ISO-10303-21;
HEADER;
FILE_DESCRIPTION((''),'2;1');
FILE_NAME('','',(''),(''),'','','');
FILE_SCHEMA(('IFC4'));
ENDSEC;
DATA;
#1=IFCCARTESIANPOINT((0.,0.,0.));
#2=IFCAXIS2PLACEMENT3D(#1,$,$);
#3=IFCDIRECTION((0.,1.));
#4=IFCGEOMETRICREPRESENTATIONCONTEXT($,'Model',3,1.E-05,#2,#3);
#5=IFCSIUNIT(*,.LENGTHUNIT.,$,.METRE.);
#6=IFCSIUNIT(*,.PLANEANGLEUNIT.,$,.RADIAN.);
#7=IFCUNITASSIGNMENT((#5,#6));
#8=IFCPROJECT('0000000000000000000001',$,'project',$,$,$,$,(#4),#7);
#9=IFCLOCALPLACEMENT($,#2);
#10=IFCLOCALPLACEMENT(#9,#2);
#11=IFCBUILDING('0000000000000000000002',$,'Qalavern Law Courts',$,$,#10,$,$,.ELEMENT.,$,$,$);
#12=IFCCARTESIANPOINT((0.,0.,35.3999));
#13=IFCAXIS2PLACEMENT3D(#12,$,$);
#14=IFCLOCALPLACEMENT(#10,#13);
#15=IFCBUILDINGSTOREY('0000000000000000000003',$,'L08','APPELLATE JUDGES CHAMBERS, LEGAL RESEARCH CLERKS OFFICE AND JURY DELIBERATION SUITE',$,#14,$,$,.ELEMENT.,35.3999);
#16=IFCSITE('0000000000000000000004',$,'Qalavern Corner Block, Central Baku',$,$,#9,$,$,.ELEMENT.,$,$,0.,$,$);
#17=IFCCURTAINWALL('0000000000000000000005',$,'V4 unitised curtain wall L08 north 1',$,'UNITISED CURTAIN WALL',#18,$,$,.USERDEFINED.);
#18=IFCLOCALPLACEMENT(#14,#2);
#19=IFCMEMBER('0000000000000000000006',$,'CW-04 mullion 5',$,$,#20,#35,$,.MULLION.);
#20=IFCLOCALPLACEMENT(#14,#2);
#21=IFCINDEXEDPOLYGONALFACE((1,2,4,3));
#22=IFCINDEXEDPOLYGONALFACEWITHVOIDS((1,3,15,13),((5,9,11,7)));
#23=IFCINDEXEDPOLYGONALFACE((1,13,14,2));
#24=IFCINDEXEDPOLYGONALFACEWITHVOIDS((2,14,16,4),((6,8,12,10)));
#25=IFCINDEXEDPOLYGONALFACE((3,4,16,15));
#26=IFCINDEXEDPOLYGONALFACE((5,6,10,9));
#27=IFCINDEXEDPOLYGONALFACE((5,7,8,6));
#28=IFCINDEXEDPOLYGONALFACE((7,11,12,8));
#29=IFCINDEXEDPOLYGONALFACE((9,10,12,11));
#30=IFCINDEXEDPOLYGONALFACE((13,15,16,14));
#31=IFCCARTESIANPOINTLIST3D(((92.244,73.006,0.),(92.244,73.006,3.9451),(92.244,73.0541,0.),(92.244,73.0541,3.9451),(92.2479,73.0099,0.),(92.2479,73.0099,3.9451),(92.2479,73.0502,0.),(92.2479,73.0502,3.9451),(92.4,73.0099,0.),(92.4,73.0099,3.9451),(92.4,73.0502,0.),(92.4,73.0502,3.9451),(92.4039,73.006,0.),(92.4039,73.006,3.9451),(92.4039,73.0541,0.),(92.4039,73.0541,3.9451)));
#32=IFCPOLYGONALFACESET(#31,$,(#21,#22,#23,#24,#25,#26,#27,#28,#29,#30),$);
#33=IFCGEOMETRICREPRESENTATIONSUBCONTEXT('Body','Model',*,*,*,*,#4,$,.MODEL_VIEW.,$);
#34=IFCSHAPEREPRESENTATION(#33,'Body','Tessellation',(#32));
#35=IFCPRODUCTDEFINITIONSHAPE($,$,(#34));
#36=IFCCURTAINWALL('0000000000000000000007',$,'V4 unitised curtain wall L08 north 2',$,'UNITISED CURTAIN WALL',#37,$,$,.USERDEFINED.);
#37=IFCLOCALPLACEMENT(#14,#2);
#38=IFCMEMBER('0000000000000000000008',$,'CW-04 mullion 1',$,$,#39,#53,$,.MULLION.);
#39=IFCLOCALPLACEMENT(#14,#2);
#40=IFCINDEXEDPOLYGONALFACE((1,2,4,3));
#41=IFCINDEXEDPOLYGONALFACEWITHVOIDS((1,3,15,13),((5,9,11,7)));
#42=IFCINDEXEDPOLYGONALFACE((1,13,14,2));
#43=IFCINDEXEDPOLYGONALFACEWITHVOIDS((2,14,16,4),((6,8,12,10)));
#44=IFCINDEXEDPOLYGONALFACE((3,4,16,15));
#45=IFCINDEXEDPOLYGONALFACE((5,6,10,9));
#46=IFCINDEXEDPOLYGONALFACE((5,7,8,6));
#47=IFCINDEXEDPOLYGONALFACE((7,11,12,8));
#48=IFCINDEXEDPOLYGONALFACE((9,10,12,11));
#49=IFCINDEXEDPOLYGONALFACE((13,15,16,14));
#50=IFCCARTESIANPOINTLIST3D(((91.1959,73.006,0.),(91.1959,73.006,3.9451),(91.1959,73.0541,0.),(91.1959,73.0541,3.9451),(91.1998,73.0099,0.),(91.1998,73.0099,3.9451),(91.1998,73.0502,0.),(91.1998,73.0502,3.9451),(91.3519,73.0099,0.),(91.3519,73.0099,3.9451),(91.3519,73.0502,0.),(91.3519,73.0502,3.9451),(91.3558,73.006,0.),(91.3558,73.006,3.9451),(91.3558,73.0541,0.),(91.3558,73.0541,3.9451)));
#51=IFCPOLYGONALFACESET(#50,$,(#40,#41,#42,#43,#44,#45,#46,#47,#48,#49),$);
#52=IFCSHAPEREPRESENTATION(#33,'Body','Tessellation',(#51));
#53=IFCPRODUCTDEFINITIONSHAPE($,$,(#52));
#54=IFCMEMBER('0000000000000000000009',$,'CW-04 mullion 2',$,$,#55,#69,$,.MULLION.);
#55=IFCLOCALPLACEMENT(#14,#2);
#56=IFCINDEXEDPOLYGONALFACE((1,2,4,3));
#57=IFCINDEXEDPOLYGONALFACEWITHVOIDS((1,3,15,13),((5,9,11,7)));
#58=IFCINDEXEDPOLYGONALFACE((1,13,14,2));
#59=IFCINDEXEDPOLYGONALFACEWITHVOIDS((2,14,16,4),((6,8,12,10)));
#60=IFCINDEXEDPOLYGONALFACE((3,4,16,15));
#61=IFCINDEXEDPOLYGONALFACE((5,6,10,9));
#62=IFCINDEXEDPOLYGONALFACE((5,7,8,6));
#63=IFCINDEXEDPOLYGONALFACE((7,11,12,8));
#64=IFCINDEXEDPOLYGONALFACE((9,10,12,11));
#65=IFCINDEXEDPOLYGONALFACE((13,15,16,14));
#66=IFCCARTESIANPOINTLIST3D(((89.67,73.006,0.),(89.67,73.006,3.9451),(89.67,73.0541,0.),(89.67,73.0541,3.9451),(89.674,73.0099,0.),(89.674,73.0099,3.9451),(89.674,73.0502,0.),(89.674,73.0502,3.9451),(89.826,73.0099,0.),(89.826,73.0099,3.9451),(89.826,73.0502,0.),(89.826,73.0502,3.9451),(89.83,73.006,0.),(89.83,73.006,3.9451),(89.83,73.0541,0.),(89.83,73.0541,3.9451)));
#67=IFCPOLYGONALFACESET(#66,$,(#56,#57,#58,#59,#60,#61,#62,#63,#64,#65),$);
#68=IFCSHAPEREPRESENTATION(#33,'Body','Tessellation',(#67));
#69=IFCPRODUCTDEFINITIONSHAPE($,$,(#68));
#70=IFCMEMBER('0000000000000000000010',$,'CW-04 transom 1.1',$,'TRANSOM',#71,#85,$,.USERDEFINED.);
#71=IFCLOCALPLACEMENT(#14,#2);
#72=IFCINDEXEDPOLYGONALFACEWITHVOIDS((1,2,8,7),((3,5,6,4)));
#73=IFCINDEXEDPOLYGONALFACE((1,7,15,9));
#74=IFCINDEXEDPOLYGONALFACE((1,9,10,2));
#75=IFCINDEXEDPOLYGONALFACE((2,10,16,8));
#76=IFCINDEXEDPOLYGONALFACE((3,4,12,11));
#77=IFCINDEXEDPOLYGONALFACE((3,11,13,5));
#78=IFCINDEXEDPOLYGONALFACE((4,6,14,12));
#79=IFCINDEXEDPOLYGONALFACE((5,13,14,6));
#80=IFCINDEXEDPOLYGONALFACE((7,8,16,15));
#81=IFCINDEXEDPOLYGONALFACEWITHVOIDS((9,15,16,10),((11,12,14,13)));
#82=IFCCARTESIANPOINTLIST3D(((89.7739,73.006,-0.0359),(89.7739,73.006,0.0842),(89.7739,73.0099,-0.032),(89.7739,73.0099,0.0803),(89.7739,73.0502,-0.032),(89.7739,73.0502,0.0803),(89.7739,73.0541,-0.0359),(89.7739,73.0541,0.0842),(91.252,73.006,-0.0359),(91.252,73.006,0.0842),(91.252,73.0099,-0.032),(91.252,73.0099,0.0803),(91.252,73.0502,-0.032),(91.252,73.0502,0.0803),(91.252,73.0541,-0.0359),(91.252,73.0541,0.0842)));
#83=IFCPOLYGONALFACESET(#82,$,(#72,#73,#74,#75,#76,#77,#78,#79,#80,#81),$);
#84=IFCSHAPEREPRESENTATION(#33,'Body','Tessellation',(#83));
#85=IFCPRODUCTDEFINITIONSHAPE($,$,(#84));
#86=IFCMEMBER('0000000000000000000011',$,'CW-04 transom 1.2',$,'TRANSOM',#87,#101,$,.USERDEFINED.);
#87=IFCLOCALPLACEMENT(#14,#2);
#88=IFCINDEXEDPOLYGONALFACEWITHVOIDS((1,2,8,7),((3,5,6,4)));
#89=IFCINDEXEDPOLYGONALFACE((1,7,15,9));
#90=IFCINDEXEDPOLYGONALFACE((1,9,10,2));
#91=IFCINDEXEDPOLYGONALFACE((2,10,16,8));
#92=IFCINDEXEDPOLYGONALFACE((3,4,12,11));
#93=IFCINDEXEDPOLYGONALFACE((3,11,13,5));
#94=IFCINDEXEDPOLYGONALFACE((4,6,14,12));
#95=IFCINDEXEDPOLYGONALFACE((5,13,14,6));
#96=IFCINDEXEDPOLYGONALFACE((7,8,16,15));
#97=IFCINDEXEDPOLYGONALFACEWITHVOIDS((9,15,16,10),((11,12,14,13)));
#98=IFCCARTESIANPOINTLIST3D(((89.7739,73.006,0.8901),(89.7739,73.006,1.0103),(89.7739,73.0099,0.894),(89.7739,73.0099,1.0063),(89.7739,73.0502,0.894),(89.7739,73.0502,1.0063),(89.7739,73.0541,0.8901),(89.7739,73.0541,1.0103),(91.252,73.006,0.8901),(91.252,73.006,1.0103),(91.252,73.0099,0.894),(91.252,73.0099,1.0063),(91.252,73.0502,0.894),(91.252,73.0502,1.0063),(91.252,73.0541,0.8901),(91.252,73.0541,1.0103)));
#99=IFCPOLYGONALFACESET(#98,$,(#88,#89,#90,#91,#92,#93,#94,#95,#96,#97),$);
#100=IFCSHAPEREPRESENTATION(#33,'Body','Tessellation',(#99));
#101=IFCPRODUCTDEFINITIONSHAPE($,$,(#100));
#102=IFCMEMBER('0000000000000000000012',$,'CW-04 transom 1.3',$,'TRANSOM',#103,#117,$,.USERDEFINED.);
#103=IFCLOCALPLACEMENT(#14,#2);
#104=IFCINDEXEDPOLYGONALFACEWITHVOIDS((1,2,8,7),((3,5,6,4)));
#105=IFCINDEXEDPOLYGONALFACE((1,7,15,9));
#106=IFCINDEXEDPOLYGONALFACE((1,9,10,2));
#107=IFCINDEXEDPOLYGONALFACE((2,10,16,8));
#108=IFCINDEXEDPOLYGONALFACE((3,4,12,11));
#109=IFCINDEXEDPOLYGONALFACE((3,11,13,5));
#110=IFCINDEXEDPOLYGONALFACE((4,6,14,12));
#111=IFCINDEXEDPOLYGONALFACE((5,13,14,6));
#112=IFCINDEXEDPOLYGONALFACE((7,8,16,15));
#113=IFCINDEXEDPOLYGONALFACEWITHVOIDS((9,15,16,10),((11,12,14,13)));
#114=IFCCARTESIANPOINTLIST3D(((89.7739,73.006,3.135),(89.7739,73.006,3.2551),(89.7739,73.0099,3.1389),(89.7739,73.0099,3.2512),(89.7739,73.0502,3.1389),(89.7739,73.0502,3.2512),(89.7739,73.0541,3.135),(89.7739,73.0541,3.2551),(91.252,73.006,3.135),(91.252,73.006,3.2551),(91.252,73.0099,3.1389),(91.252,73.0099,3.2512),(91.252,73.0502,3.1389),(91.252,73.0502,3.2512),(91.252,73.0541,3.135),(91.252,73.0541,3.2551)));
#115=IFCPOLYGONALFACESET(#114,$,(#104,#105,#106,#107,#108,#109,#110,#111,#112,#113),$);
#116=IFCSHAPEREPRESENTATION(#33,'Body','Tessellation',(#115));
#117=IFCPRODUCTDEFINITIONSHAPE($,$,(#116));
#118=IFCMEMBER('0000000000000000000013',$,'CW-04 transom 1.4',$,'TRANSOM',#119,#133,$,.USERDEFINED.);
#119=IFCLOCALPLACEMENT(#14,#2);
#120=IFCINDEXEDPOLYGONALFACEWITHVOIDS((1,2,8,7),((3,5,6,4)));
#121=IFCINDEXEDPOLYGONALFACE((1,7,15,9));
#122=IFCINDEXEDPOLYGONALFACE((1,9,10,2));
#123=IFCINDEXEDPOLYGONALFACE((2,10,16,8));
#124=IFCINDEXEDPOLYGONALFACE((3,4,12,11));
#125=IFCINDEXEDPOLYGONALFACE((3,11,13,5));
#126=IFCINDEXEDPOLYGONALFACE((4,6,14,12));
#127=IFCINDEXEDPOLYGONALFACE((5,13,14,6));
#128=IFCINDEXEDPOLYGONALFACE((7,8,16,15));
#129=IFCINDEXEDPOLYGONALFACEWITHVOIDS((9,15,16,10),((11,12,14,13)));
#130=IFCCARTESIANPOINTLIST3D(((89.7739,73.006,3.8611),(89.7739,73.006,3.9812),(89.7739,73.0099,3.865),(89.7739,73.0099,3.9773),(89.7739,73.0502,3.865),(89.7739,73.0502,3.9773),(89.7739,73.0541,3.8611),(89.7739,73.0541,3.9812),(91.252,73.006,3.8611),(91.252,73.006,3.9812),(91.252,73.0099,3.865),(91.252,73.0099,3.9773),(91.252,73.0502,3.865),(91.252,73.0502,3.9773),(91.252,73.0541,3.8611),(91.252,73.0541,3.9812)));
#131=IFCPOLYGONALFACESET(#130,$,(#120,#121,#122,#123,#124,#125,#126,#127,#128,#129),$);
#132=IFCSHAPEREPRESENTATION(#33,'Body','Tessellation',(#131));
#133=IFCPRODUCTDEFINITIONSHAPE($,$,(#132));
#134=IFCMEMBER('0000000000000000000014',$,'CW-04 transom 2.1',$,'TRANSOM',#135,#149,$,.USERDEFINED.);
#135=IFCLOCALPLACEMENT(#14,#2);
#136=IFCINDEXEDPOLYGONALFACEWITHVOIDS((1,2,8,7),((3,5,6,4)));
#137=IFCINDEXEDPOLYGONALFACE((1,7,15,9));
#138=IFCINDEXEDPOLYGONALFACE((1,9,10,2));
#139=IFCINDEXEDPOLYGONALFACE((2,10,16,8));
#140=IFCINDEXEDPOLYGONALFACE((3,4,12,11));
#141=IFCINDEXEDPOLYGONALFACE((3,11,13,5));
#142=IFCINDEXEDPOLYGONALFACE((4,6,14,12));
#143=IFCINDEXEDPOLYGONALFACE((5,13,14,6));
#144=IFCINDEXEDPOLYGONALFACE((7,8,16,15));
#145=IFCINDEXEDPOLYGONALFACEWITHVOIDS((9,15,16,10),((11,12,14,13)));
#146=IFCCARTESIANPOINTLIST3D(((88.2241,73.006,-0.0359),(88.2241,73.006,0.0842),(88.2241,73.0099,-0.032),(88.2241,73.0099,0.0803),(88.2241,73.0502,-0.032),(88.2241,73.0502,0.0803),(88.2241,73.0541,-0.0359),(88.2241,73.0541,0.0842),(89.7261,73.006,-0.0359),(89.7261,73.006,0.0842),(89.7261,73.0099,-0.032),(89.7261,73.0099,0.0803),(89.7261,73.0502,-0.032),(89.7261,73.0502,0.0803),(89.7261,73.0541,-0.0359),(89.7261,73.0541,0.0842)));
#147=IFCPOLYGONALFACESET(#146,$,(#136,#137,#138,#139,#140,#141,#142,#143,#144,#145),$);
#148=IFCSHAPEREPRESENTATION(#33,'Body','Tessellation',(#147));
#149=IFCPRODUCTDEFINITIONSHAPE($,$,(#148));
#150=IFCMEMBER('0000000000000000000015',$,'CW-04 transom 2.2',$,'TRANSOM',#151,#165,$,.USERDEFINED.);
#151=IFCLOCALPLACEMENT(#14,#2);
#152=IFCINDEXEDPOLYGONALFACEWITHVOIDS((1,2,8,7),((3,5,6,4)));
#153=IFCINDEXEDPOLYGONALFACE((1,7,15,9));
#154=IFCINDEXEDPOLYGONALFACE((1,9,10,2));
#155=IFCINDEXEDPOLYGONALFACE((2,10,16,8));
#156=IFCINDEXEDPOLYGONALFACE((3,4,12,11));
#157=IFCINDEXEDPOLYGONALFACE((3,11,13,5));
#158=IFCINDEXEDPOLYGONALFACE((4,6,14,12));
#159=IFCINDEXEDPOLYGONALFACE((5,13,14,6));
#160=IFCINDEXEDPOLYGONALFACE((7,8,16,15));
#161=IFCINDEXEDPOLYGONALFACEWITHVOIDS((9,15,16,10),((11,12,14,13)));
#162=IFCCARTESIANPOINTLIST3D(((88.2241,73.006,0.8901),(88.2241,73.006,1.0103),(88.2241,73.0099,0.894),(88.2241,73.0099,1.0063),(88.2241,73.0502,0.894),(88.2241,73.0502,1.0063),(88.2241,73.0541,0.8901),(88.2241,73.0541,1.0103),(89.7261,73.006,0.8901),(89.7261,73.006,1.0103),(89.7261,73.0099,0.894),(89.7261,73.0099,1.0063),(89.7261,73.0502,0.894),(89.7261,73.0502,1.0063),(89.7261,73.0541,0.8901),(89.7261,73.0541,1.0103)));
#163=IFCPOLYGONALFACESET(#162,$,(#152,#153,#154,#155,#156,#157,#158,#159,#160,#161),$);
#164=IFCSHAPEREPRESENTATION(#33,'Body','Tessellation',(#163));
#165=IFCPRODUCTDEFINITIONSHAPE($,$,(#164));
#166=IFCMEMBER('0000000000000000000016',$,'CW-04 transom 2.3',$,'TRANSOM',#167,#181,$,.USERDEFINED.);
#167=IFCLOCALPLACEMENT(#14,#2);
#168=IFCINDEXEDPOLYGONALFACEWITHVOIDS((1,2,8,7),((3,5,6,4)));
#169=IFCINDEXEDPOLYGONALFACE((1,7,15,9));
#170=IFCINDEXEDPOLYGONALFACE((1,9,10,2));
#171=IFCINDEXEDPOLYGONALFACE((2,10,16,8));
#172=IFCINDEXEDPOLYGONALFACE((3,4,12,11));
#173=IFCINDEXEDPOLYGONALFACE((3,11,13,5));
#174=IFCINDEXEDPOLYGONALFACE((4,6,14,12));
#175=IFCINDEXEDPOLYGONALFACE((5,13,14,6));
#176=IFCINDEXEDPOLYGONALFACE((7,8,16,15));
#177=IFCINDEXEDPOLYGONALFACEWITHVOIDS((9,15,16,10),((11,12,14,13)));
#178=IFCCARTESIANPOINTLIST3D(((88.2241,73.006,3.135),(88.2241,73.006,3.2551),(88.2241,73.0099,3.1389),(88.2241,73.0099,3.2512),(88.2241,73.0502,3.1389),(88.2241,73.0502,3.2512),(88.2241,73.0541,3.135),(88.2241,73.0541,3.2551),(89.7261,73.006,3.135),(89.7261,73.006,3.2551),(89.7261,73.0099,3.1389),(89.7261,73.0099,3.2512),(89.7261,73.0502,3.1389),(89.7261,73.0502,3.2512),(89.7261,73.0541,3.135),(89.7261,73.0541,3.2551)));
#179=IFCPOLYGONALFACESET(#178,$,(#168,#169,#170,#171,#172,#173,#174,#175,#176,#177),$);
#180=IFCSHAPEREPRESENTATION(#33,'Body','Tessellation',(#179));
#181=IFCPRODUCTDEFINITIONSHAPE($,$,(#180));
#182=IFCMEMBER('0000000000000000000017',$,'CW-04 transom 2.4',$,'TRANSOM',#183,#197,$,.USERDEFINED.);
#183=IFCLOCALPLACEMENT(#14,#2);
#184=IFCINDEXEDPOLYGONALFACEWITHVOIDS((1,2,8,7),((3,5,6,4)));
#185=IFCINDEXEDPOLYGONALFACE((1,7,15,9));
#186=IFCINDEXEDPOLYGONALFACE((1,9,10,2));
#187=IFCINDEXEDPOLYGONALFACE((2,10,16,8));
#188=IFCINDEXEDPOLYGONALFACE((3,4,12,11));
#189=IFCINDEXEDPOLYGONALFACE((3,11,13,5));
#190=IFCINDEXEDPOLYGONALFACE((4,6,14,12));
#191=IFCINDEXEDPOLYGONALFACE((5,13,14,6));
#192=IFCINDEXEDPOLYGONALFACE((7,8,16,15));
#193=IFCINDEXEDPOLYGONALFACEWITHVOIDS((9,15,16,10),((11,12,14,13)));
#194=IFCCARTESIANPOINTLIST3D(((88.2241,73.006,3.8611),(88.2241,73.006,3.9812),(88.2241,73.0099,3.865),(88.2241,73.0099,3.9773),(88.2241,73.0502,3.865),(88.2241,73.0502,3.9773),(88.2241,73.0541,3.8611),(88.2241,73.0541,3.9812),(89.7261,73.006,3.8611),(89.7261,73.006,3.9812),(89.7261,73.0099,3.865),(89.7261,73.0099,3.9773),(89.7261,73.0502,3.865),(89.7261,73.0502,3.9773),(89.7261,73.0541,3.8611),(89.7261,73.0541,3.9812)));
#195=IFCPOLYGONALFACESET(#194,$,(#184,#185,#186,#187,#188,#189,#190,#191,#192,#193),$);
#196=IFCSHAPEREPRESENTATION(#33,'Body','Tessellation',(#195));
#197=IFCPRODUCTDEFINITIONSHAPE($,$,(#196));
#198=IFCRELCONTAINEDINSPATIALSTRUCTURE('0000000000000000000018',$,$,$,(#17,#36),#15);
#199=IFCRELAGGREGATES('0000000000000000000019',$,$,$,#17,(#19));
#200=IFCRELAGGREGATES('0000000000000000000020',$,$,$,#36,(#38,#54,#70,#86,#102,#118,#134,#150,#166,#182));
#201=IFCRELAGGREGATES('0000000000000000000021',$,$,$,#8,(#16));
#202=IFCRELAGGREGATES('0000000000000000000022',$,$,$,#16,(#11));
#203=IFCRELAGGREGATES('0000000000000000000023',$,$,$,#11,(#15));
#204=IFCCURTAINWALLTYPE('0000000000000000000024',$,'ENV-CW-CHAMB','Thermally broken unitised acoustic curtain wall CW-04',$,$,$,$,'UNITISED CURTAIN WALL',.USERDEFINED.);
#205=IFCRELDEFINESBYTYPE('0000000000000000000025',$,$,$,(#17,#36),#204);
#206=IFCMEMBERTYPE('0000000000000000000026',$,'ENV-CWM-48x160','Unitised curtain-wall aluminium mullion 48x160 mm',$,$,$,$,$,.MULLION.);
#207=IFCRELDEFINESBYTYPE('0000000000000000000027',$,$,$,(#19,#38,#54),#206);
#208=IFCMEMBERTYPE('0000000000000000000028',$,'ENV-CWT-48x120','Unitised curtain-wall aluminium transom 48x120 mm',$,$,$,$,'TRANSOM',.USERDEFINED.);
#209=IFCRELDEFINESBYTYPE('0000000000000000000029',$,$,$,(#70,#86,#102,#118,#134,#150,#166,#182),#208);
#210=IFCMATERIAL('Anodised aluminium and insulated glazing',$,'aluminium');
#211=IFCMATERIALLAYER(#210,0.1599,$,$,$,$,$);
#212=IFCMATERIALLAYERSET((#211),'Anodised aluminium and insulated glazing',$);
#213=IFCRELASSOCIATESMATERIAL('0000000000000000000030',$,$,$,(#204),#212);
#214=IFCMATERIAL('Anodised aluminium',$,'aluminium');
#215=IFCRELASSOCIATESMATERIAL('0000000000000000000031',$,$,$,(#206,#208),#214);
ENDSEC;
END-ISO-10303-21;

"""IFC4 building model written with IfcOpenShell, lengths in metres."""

from ifc_helpers import new_model, si_unit, direction, frame, origin, origin_2d, place, context, subcontext, project, spatial, hollow_rectangle, extrude, material, layer, layer_set, material_profile, profile_set, type_object, element, aggregate, save


model = new_model("IFC4")

# Units and contexts
model_context = context("Model", 3, precision=1e-05, world=origin(), true_north=direction((0.0, 1.0)))
body_context = subcontext(model_context, "Body", "Model", "MODEL_VIEW")
ifc_project = project(units=[si_unit("LENGTHUNIT", "METRE"), si_unit("PLANEANGLEUNIT", "RADIAN")], contexts=[model_context])

# Site, building, storey
site_placement = place(None, origin())
site = spatial("IfcSite", under=ifc_project, at=site_placement, Name="Qalavern Corner Block, Central Baku", CompositionType="ELEMENT", RefElevation=0.0)
building_placement = place(site_placement, origin())
building = spatial("IfcBuilding", under=site, at=building_placement, Name="Qalavern Law Courts", CompositionType="ELEMENT")
storey_placement = place(building_placement, frame((0.0, 0.0, 35.3999)))
storey = spatial("IfcBuildingStorey", under=building, at=storey_placement, Name="L08", Description="APPELLATE JUDGES CHAMBERS, LEGAL RESEARCH CLERKS OFFICE AND JURY DELIBERATION SUITE", CompositionType="ELEMENT", Elevation=35.3999)

# Curtain wall, member
ifc_material_1 = material(Name="Anodised aluminium and insulated glazing", Category="aluminium")
ifc_layer_1 = layer(ifc_material_1, 0.1599)
ifc_layer_set_1 = layer_set([ifc_layer_1], Name="Anodised aluminium and insulated glazing")
curtain_wall_type = type_object("IfcCurtainWallType", Name="ENV-CW-CHAMB", Description="Thermally broken unitised acoustic curtain wall CW-04", ElementType="UNITISED CURTAIN WALL", PredefinedType="USERDEFINED", material=ifc_layer_set_1)
curtain_wall_1_placement = place(storey_placement, origin())
curtain_wall_1 = element("IfcCurtainWall", 1, at=curtain_wall_1_placement, inside=storey, type_object=curtain_wall_type, Name="V4 unitised curtain wall L08 north 1", ObjectType="UNITISED CURTAIN WALL", PredefinedType="USERDEFINED")
ifc_material_2 = material(Name="Anodised aluminium", Category="aluminium")
ifc_material_profile_1 = material_profile(ifc_material_2, hollow_rectangle(XDim=0.0481, YDim=0.1599, WallThickness=0.0039, at=origin_2d()), Name="ALU MULLION 48x160")
ifc_profile_set_1 = profile_set([ifc_material_profile_1], Name="Anodised aluminium")
member_type_1 = type_object("IfcMemberType", Name="ENV-CWM-48x160", Description="Unitised curtain-wall aluminium mullion 48x160 mm", PredefinedType="MULLION", material=ifc_profile_set_1)
member_1_placement = place(storey_placement, frame((92.324, 73.03, 0.0), z_axis=(0.0, 0.0, 1.0), x_axis=(0.0, -1.0, 0.0)))
member_1 = element("IfcMember", 2, at=member_1_placement, type_object=member_type_1, Name="CW-04 mullion 5", PredefinedType="MULLION", context=body_context, shape_type="SweptSolid", body=[
    extrude(hollow_rectangle(XDim=0.0481, YDim=0.1599, WallThickness=0.0039, at=origin_2d()), origin(), (0.0, 0.0, 1.0), 3.9451),
])

# Curtain wall, members
curtain_wall_2_placement = place(storey_placement, origin())
curtain_wall_2 = element("IfcCurtainWall", 3, at=curtain_wall_2_placement, inside=storey, type_object=curtain_wall_type, Name="V4 unitised curtain wall L08 north 2", ObjectType="UNITISED CURTAIN WALL", PredefinedType="USERDEFINED")
member_2_placement = place(storey_placement, frame((91.2759, 73.03, 0.0), z_axis=(0.0, 0.0, 1.0), x_axis=(0.0, -1.0, 0.0)))
member_2 = element("IfcMember", 4, at=member_2_placement, type_object=member_type_1, Name="CW-04 mullion 1", PredefinedType="MULLION", context=body_context, shape_type="SweptSolid", body=[
    extrude(hollow_rectangle(XDim=0.0481, YDim=0.1599, WallThickness=0.0039, at=origin_2d()), origin(), (0.0, 0.0, 1.0), 3.9451),
])
member_3_placement = place(storey_placement, frame((89.75, 73.03, 0.0), z_axis=(0.0, 0.0, 1.0), x_axis=(0.0, -1.0, 0.0)))
member_3 = element("IfcMember", 5, at=member_3_placement, type_object=member_type_1, Name="CW-04 mullion 2", PredefinedType="MULLION", context=body_context, shape_type="SweptSolid", body=[
    extrude(hollow_rectangle(XDim=0.0481, YDim=0.1599, WallThickness=0.0039, at=origin_2d()), origin(), (0.0, 0.0, 1.0), 3.9451),
])
ifc_material_profile_2 = material_profile(ifc_material_2, hollow_rectangle(XDim=0.0481, YDim=0.1201, WallThickness=0.0039, at=origin_2d()), Name="ALU TRANSOM 48x120")
ifc_profile_set_2 = profile_set([ifc_material_profile_2], Name="Anodised aluminium")
member_type_2 = type_object("IfcMemberType", Name="ENV-CWT-48x120", Description="Unitised curtain-wall aluminium transom 48x120 mm", ElementType="TRANSOM", PredefinedType="USERDEFINED", material=ifc_profile_set_2)
member_4_placement = place(storey_placement, frame((91.252, 73.03, 0.0242), z_axis=(-1.0, 0.0, 0.0), x_axis=(0.0, -1.0, 0.0)))
member_4 = element("IfcMember", 6, at=member_4_placement, type_object=member_type_2, Name="CW-04 transom 1.1", ObjectType="TRANSOM", PredefinedType="USERDEFINED", context=body_context, shape_type="SweptSolid", body=[
    extrude(hollow_rectangle(XDim=0.0481, YDim=0.1201, WallThickness=0.0039, at=origin_2d()), origin(), (0.0, 0.0, 1.0), 1.478),
])
member_5_placement = place(storey_placement, frame((91.252, 73.03, 0.9502), z_axis=(-1.0, 0.0, 0.0), x_axis=(0.0, -1.0, 0.0)))
member_5 = element("IfcMember", 7, at=member_5_placement, type_object=member_type_2, Name="CW-04 transom 1.2", ObjectType="TRANSOM", PredefinedType="USERDEFINED", context=body_context, shape_type="SweptSolid", body=[
    extrude(hollow_rectangle(XDim=0.0481, YDim=0.1201, WallThickness=0.0039, at=origin_2d()), origin(), (0.0, 0.0, 1.0), 1.478),
])
member_6_placement = place(storey_placement, frame((91.252, 73.03, 3.1951), z_axis=(-1.0, 0.0, 0.0), x_axis=(0.0, -1.0, 0.0)))
member_6 = element("IfcMember", 8, at=member_6_placement, type_object=member_type_2, Name="CW-04 transom 1.3", ObjectType="TRANSOM", PredefinedType="USERDEFINED", context=body_context, shape_type="SweptSolid", body=[
    extrude(hollow_rectangle(XDim=0.0481, YDim=0.1201, WallThickness=0.0039, at=origin_2d()), origin(), (0.0, 0.0, 1.0), 1.478),
])
member_7_placement = place(storey_placement, frame((91.252, 73.03, 3.9211), z_axis=(-1.0, 0.0, 0.0), x_axis=(0.0, -1.0, 0.0)))
member_7 = element("IfcMember", 9, at=member_7_placement, type_object=member_type_2, Name="CW-04 transom 1.4", ObjectType="TRANSOM", PredefinedType="USERDEFINED", context=body_context, shape_type="SweptSolid", body=[
    extrude(hollow_rectangle(XDim=0.0481, YDim=0.1201, WallThickness=0.0039, at=origin_2d()), origin(), (0.0, 0.0, 1.0), 1.478),
])
member_8_placement = place(storey_placement, frame((89.7261, 73.03, 0.0242), z_axis=(-1.0, 0.0, 0.0), x_axis=(0.0, -1.0, 0.0)))
member_8 = element("IfcMember", 10, at=member_8_placement, type_object=member_type_2, Name="CW-04 transom 2.1", ObjectType="TRANSOM", PredefinedType="USERDEFINED", context=body_context, shape_type="SweptSolid", body=[
    extrude(hollow_rectangle(XDim=0.0481, YDim=0.1201, WallThickness=0.0039, at=origin_2d()), origin(), (0.0, 0.0, 1.0), 1.502),
])
member_9_placement = place(storey_placement, frame((89.7261, 73.03, 0.9502), z_axis=(-1.0, 0.0, 0.0), x_axis=(0.0, -1.0, 0.0)))
member_9 = element("IfcMember", 11, at=member_9_placement, type_object=member_type_2, Name="CW-04 transom 2.2", ObjectType="TRANSOM", PredefinedType="USERDEFINED", context=body_context, shape_type="SweptSolid", body=[
    extrude(hollow_rectangle(XDim=0.0481, YDim=0.1201, WallThickness=0.0039, at=origin_2d()), origin(), (0.0, 0.0, 1.0), 1.502),
])
member_10_placement = place(storey_placement, frame((89.7261, 73.03, 3.1951), z_axis=(-1.0, 0.0, 0.0), x_axis=(0.0, -1.0, 0.0)))
member_10 = element("IfcMember", 12, at=member_10_placement, type_object=member_type_2, Name="CW-04 transom 2.3", ObjectType="TRANSOM", PredefinedType="USERDEFINED", context=body_context, shape_type="SweptSolid", body=[
    extrude(hollow_rectangle(XDim=0.0481, YDim=0.1201, WallThickness=0.0039, at=origin_2d()), origin(), (0.0, 0.0, 1.0), 1.502),
])
member_11_placement = place(storey_placement, frame((89.7261, 73.03, 3.9211), z_axis=(-1.0, 0.0, 0.0), x_axis=(0.0, -1.0, 0.0)))
member_11 = element("IfcMember", 13, at=member_11_placement, type_object=member_type_2, Name="CW-04 transom 2.4", ObjectType="TRANSOM", PredefinedType="USERDEFINED", context=body_context, shape_type="SweptSolid", body=[
    extrude(hollow_rectangle(XDim=0.0481, YDim=0.1201, WallThickness=0.0039, at=origin_2d()), origin(), (0.0, 0.0, 1.0), 1.502),
])

aggregate(curtain_wall_1, [member_1])
aggregate(curtain_wall_2, [member_2, member_3, member_4, member_5, member_6, member_7, member_8, member_9, member_10, member_11])

save(model, "model.ifc")
